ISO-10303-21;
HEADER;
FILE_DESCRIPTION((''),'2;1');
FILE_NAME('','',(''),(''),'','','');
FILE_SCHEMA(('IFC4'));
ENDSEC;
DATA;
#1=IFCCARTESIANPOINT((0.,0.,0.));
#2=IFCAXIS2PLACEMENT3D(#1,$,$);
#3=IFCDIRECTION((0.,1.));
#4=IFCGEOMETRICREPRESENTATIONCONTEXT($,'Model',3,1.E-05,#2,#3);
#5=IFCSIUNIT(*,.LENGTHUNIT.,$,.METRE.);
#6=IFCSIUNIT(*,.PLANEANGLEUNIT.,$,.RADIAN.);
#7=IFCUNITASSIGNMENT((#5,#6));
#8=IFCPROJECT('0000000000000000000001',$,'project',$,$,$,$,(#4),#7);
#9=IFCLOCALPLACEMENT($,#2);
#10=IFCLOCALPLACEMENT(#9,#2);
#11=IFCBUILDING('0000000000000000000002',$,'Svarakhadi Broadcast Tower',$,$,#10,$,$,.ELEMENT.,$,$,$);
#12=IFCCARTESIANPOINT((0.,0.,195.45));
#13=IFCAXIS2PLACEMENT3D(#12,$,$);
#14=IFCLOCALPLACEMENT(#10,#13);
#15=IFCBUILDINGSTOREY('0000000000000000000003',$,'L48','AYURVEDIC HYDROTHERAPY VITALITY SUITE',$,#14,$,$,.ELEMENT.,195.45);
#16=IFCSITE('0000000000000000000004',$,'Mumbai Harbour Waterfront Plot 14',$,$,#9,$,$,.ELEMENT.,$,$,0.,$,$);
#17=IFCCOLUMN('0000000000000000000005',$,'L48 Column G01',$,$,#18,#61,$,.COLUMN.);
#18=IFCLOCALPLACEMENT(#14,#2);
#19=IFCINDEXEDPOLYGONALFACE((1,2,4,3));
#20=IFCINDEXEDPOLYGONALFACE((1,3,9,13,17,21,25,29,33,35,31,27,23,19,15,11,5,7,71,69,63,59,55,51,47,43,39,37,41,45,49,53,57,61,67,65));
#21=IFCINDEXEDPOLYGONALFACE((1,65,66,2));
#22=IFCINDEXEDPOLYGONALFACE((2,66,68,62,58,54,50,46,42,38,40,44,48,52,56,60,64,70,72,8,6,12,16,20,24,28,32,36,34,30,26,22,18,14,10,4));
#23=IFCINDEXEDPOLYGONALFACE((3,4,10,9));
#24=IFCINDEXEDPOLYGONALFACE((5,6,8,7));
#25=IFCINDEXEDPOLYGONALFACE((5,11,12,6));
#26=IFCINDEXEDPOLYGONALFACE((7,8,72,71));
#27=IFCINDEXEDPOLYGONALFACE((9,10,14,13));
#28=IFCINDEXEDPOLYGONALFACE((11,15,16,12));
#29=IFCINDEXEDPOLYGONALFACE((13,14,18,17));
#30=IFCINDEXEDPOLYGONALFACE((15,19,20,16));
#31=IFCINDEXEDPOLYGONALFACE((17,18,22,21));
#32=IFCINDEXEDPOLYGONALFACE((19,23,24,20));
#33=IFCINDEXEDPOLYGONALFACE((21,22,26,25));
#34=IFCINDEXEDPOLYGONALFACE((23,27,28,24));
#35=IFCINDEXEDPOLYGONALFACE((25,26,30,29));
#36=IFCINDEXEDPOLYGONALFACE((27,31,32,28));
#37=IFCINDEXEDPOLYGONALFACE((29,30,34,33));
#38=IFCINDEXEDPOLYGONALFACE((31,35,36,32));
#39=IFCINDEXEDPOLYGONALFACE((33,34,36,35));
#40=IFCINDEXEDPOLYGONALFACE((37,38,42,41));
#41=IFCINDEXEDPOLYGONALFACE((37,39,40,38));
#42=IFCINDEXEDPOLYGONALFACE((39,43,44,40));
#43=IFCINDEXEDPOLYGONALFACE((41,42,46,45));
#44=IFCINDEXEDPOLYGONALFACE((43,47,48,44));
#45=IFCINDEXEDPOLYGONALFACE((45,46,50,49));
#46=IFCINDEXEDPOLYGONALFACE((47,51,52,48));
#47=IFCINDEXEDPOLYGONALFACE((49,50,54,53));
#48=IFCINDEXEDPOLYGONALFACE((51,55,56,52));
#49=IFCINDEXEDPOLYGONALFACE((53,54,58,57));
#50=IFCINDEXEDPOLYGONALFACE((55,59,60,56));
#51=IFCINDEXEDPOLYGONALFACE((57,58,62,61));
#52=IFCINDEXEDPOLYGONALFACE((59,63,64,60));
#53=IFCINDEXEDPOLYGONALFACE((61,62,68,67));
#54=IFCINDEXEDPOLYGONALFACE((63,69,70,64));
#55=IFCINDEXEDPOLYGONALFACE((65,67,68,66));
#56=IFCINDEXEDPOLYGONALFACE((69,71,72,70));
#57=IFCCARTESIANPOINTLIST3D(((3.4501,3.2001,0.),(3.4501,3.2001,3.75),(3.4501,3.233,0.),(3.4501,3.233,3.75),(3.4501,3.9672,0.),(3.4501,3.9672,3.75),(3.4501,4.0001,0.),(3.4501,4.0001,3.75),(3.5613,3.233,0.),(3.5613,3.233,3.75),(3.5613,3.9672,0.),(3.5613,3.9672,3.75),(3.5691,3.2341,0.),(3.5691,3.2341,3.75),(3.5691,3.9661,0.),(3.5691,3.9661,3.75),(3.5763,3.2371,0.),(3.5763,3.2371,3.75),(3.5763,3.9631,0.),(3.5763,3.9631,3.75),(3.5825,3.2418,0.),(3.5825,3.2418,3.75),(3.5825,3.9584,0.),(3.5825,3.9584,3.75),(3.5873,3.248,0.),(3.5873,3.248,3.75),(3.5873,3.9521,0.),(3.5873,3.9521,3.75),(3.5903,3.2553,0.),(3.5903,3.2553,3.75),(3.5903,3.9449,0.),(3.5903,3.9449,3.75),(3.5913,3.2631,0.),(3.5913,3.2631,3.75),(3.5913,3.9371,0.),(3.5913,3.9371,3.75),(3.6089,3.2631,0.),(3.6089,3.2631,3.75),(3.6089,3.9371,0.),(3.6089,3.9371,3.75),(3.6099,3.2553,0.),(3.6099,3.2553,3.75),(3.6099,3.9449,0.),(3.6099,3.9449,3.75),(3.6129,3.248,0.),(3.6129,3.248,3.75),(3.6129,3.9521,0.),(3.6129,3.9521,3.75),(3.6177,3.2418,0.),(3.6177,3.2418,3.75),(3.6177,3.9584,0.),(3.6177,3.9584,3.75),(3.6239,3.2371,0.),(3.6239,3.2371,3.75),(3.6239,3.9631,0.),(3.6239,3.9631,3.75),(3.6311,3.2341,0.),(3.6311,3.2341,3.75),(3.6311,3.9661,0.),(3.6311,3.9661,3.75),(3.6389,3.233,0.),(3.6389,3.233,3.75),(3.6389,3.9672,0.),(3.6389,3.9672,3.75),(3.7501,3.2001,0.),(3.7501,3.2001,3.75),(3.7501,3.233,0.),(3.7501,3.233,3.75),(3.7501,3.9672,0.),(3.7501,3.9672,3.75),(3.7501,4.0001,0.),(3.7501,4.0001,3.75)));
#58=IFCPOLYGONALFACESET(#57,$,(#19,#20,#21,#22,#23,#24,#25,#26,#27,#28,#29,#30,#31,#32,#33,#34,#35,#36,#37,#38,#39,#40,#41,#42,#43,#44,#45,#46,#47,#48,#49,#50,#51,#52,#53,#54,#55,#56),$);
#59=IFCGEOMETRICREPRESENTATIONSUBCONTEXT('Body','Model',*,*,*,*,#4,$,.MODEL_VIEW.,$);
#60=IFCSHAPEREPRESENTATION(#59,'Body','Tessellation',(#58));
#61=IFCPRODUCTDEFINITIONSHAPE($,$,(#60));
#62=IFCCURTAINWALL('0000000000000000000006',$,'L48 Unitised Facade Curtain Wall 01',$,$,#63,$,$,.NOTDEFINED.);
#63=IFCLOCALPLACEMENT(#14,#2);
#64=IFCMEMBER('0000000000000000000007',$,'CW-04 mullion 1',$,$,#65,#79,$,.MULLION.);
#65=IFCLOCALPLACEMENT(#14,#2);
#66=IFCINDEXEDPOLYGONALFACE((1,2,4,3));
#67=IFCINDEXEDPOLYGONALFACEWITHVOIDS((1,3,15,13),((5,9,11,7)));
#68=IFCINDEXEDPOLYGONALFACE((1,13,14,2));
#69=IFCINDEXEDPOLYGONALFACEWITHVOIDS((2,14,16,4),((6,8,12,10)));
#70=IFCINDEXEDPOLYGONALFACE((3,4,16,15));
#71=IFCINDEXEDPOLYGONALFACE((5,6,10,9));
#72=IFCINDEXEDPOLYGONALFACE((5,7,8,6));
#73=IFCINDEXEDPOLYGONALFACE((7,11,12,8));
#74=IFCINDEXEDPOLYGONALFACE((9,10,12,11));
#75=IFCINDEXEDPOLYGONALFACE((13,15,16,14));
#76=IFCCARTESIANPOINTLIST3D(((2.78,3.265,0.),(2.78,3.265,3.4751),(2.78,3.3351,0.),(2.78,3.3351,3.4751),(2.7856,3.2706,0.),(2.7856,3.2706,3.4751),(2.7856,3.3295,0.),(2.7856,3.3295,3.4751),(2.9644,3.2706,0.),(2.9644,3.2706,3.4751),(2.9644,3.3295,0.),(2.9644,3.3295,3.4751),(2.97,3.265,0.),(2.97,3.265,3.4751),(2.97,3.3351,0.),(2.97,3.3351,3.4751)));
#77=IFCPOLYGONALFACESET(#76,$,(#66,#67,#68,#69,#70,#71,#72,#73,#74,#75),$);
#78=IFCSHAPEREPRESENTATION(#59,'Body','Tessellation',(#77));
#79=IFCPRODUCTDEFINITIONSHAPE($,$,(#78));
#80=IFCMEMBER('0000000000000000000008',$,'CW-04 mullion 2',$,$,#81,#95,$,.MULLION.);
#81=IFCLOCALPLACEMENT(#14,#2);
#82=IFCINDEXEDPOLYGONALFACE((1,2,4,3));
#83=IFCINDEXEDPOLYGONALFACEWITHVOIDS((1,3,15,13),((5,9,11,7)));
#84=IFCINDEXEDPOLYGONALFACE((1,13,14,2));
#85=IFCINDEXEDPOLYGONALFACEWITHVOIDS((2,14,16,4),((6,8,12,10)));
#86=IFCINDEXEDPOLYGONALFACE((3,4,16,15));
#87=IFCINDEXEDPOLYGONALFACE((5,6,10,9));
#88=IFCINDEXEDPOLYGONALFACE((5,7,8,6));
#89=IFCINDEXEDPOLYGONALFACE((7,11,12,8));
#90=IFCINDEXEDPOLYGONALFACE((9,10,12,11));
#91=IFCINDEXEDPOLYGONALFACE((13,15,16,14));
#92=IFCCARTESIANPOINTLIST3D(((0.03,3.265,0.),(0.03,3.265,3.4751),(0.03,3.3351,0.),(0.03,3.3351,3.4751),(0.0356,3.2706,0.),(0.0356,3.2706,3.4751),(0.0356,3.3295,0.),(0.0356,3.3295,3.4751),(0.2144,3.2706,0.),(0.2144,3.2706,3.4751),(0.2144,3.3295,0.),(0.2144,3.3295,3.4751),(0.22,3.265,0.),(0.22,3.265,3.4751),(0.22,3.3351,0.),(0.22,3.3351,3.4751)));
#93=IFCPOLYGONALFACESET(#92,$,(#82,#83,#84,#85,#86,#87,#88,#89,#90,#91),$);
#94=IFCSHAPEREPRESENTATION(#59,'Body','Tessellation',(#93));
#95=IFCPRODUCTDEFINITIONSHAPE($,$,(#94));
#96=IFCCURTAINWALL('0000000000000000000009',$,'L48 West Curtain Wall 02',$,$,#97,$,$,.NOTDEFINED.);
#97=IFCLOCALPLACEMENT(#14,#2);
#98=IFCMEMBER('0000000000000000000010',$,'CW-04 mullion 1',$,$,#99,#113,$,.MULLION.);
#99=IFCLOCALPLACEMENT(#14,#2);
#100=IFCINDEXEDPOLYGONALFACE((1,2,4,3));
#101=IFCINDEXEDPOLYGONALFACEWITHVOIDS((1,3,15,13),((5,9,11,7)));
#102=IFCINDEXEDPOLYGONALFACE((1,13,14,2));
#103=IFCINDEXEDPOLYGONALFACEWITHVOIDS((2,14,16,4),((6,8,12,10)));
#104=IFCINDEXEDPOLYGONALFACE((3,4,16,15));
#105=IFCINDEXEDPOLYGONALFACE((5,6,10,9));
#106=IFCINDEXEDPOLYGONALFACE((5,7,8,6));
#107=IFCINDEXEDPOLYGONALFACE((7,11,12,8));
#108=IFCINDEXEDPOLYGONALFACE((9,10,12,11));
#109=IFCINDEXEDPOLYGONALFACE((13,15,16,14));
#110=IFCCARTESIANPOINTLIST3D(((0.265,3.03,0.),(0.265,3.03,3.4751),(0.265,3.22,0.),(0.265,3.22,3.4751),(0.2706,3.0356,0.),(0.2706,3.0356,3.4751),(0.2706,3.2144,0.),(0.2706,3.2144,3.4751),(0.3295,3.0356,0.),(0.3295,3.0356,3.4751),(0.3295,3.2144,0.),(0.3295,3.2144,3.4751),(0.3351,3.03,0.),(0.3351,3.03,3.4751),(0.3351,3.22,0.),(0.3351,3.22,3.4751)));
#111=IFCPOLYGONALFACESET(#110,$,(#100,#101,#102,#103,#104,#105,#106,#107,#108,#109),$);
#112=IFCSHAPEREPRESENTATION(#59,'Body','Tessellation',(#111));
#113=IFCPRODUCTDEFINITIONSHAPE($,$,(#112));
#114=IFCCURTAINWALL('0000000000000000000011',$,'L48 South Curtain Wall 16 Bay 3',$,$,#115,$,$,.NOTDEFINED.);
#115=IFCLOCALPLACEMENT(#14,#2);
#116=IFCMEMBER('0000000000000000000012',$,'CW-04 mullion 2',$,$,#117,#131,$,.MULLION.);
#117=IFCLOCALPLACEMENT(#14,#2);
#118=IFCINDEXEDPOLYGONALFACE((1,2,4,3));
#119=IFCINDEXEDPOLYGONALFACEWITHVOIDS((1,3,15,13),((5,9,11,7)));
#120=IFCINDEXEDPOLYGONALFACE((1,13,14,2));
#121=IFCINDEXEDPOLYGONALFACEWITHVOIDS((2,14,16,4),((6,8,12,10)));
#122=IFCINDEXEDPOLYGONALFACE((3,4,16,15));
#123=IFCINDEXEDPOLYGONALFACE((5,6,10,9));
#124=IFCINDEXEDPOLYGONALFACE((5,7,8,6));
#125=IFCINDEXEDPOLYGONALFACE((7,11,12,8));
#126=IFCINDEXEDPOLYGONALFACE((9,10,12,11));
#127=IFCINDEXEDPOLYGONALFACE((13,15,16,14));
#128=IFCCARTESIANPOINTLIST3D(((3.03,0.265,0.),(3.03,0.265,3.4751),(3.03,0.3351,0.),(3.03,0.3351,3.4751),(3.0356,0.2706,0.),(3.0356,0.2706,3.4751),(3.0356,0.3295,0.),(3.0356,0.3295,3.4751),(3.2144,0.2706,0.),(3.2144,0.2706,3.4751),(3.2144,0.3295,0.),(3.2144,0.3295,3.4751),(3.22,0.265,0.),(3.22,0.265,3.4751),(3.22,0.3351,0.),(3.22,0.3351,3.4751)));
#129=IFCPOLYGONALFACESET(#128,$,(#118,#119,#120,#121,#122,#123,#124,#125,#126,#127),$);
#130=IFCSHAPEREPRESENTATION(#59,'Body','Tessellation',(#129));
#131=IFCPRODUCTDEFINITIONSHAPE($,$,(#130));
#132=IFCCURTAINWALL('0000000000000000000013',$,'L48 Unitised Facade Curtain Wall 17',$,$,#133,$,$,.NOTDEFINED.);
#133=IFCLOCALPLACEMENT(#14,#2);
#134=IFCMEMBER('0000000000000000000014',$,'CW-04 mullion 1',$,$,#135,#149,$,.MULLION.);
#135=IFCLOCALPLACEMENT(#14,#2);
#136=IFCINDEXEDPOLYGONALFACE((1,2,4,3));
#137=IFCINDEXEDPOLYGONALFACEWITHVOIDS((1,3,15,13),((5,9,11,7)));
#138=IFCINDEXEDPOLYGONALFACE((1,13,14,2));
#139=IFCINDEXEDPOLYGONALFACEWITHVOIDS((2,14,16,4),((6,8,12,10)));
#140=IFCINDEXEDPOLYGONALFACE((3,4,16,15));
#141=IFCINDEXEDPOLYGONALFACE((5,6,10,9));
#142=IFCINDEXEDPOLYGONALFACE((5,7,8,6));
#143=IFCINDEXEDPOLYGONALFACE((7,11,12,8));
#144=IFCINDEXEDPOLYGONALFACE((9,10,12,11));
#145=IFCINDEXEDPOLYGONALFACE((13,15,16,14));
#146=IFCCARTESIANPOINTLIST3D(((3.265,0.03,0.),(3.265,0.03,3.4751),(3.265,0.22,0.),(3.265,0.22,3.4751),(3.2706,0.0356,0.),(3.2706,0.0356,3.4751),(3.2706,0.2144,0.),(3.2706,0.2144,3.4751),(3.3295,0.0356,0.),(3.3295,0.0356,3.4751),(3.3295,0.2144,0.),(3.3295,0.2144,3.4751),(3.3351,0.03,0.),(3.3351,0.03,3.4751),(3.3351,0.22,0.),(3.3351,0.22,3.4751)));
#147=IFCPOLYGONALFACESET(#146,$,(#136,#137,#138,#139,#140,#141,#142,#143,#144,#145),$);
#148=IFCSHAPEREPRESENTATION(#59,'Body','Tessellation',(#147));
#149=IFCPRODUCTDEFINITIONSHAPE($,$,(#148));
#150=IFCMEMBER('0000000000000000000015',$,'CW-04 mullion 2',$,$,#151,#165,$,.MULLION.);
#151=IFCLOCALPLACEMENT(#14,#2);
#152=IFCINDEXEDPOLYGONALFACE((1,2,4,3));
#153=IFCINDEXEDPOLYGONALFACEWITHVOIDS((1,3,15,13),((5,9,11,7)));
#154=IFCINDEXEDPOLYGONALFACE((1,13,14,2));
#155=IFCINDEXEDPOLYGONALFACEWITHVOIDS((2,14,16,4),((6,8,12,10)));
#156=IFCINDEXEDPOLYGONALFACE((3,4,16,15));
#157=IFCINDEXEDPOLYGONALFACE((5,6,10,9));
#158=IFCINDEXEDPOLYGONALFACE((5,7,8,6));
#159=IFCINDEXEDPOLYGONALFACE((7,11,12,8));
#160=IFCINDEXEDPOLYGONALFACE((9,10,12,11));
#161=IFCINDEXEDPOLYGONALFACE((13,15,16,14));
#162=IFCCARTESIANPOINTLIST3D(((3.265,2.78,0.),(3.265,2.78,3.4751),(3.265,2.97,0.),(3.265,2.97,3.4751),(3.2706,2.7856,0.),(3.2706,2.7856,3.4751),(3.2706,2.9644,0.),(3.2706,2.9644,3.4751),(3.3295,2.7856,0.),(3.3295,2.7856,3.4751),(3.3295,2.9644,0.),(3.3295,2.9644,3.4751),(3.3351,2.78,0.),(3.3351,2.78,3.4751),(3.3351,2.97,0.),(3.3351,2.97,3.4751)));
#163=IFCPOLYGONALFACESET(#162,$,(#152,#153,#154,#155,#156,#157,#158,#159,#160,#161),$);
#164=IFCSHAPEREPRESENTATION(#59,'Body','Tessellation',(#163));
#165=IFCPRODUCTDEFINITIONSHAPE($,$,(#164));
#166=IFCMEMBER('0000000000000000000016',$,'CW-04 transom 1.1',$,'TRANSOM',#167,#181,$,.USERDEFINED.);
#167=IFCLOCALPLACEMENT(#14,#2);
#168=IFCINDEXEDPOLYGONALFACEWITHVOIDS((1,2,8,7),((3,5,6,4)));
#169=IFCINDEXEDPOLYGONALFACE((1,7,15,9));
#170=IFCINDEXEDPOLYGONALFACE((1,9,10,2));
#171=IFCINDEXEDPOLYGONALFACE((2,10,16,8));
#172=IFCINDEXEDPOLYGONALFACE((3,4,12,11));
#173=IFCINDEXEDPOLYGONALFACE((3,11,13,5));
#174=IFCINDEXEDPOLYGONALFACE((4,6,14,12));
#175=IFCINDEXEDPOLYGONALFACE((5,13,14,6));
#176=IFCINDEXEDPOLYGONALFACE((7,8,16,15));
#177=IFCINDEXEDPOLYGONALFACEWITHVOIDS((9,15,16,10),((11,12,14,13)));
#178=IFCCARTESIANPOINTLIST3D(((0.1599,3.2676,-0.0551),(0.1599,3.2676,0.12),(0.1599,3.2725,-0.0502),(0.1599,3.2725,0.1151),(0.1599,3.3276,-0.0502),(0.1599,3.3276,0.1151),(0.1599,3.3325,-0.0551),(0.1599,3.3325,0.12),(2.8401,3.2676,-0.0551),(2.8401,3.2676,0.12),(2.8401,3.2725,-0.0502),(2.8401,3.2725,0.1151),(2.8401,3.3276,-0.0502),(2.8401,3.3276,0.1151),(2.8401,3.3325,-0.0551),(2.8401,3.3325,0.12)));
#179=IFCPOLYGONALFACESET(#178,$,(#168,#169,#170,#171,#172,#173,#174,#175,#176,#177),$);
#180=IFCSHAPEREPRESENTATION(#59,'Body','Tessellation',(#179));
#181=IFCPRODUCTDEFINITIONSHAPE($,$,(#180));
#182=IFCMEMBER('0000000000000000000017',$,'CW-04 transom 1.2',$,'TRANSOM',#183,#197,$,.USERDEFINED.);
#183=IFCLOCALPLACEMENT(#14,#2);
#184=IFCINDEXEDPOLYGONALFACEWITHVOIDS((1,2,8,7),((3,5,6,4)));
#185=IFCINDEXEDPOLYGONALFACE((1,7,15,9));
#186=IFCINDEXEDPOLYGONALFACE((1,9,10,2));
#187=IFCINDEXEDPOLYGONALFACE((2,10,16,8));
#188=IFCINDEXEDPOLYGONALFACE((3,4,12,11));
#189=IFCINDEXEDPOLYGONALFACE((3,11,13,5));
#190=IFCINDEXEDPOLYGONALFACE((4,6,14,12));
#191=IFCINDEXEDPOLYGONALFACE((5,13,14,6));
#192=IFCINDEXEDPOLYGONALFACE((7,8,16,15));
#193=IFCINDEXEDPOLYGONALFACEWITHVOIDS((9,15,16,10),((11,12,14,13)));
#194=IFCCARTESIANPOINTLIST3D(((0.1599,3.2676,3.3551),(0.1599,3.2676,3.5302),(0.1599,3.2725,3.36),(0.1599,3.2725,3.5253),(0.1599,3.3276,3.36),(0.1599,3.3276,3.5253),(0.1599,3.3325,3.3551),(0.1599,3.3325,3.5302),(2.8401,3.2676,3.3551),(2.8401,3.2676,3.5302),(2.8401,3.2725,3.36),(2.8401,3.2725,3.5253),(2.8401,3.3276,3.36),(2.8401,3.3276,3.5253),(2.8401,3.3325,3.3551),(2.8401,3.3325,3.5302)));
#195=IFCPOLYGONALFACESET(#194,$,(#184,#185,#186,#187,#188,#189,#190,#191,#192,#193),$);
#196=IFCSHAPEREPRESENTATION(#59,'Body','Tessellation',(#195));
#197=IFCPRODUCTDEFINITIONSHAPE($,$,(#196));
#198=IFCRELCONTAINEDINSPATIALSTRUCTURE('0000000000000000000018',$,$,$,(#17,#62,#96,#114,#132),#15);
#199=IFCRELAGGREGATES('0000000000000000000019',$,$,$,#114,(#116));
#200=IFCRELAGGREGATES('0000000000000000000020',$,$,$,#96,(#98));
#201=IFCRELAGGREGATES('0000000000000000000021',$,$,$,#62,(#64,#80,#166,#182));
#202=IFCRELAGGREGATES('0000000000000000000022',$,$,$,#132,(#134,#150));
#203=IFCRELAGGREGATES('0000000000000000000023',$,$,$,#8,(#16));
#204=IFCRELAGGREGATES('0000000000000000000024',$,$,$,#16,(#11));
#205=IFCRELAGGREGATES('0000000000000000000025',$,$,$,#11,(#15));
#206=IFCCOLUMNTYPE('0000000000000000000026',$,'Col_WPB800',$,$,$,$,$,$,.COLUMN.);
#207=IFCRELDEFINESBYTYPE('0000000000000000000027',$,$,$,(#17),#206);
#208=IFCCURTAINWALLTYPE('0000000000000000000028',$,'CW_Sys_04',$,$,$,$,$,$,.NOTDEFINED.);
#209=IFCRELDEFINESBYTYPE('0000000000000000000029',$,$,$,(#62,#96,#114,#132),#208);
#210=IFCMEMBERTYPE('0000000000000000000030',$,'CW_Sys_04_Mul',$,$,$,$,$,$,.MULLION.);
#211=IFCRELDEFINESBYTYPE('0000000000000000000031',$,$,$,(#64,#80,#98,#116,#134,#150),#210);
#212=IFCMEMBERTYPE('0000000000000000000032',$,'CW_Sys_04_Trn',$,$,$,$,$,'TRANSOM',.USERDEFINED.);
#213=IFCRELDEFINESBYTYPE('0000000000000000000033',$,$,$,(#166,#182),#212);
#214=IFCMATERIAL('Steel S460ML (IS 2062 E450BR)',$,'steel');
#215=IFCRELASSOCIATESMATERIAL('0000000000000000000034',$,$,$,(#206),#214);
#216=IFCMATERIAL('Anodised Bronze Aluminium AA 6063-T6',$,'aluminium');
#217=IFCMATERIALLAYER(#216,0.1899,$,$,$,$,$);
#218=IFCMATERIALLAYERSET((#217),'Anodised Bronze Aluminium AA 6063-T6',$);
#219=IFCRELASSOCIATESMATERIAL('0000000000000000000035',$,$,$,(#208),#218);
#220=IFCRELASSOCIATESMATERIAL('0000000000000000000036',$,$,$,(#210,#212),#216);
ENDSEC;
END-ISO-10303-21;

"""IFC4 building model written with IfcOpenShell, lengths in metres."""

from ifc_helpers import new_model, si_unit, direction, frame, origin, origin_2d, place, context, subcontext, project, spatial, hollow_rectangle, i_section, extrude, material, layer, layer_set, material_profile, profile_set, type_object, element, aggregate, save


model = new_model("IFC4")

# Units and contexts
model_context = context("Model", 3, precision=1e-05, world=origin(), true_north=direction((0.0, 1.0)))
body_context = subcontext(model_context, "Body", "Model", "MODEL_VIEW")
ifc_project = project(units=[si_unit("LENGTHUNIT", "METRE"), si_unit("PLANEANGLEUNIT", "RADIAN")], contexts=[model_context])

# Site, building, storey
site_placement = place(None, origin())
site = spatial("IfcSite", under=ifc_project, at=site_placement, Name="Mumbai Harbour Waterfront Plot 14", CompositionType="ELEMENT", RefElevation=0.0)
building_placement = place(site_placement, origin())
building = spatial("IfcBuilding", under=site, at=building_placement, Name="Svarakhadi Broadcast Tower", CompositionType="ELEMENT")
storey_placement = place(building_placement, frame((0.0, 0.0, 195.45)))
storey = spatial("IfcBuildingStorey", under=building, at=storey_placement, Name="L48", Description="AYURVEDIC HYDROTHERAPY VITALITY SUITE", CompositionType="ELEMENT", Elevation=195.45)

# Column
ifc_material_1 = material(Name="Steel S460ML (IS 2062 E450BR)", Category="steel")
ifc_material_profile_1 = material_profile(ifc_material_1, i_section(OverallWidth=0.3, OverallDepth=0.8, WebThickness=0.0176, FlangeThickness=0.033, FilletRadius=0.03, at=origin_2d()), Name="WPB 800x300x262")
ifc_profile_set_1 = profile_set([ifc_material_profile_1], Name="Steel S460ML (IS 2062 E450BR)")
column_type = type_object("IfcColumnType", Name="Col_WPB800", PredefinedType="COLUMN", material=ifc_profile_set_1)
column_placement = place(storey_placement, frame((3.6001, 3.6001, 0.0), z_axis=(0.0, 0.0, 1.0), x_axis=(1.0, 0.0, 0.0)))
element("IfcColumn", 1, at=column_placement, inside=storey, type_object=column_type, Name="L48 Column G01", PredefinedType="COLUMN", context=body_context, shape_type="SweptSolid", body=[
    extrude(i_section(OverallWidth=0.3, OverallDepth=0.8, WebThickness=0.0176, FlangeThickness=0.033, FilletRadius=0.03, at=origin_2d()), origin(), (0.0, 0.0, 1.0), 3.75),
])

# Curtain wall, members
ifc_material_2 = material(Name="Anodised Bronze Aluminium AA 6063-T6", Category="aluminium")
ifc_layer_1 = layer(ifc_material_2, 0.1899)
ifc_layer_set_1 = layer_set([ifc_layer_1], Name="Anodised Bronze Aluminium AA 6063-T6")
curtain_wall_type = type_object("IfcCurtainWallType", Name="CW_Sys_04", PredefinedType="NOTDEFINED", material=ifc_layer_set_1)
curtain_wall_1_placement = place(storey_placement, origin())
curtain_wall_1 = element("IfcCurtainWall", 2, at=curtain_wall_1_placement, inside=storey, type_object=curtain_wall_type, Name="L48 Unitised Facade Curtain Wall 01", PredefinedType="NOTDEFINED")
ifc_material_profile_2 = material_profile(ifc_material_2, hollow_rectangle(XDim=0.0701, YDim=0.1899, WallThickness=0.0056, at=origin_2d()), Name="ALU MULLION 190x70x6")
ifc_profile_set_2 = profile_set([ifc_material_profile_2], Name="Anodised Bronze Aluminium AA 6063-T6")
member_type_1 = type_object("IfcMemberType", Name="CW_Sys_04_Mul", PredefinedType="MULLION", material=ifc_profile_set_2)
member_1_placement = place(storey_placement, frame((2.875, 3.3, 0.0), z_axis=(0.0, 0.0, 1.0), x_axis=(0.0, -1.0, 0.0)))
member_1 = element("IfcMember", 3, at=member_1_placement, type_object=member_type_1, Name="CW-04 mullion 1", PredefinedType="MULLION", context=body_context, shape_type="SweptSolid", body=[
    extrude(hollow_rectangle(XDim=0.0701, YDim=0.1899, WallThickness=0.0056, at=origin_2d()), origin(), (0.0, 0.0, 1.0), 3.4751),
])
member_2_placement = place(storey_placement, frame((0.125, 3.3, 0.0), z_axis=(0.0, 0.0, 1.0), x_axis=(0.0, -1.0, 0.0)))
member_2 = element("IfcMember", 4, at=member_2_placement, type_object=member_type_1, Name="CW-04 mullion 2", PredefinedType="MULLION", context=body_context, shape_type="SweptSolid", body=[
    extrude(hollow_rectangle(XDim=0.0701, YDim=0.1899, WallThickness=0.0056, at=origin_2d()), origin(), (0.0, 0.0, 1.0), 3.4751),
])

# Curtain walls, members
curtain_wall_2_placement = place(storey_placement, origin())
curtain_wall_2 = element("IfcCurtainWall", 5, at=curtain_wall_2_placement, inside=storey, type_object=curtain_wall_type, Name="L48 West Curtain Wall 02", PredefinedType="NOTDEFINED")
member_3_placement = place(storey_placement, frame((0.3, 3.125, 0.0), z_axis=(0.0, 0.0, 1.0), x_axis=(-1.0, 0.0, 0.0)))
member_3 = element("IfcMember", 6, at=member_3_placement, type_object=member_type_1, Name="CW-04 mullion 1", PredefinedType="MULLION", context=body_context, shape_type="SweptSolid", body=[
    extrude(hollow_rectangle(XDim=0.0701, YDim=0.1899, WallThickness=0.0056, at=origin_2d()), origin(), (0.0, 0.0, 1.0), 3.4751),
])
curtain_wall_3_placement = place(storey_placement, origin())
curtain_wall_3 = element("IfcCurtainWall", 7, at=curtain_wall_3_placement, inside=storey, type_object=curtain_wall_type, Name="L48 South Curtain Wall 16 Bay 3", PredefinedType="NOTDEFINED")
member_4_placement = place(storey_placement, frame((3.125, 0.3, 0.0), z_axis=(0.0, 0.0, 1.0), x_axis=(0.0, -1.0, 0.0)))
member_4 = element("IfcMember", 8, at=member_4_placement, type_object=member_type_1, Name="CW-04 mullion 2", PredefinedType="MULLION", context=body_context, shape_type="SweptSolid", body=[
    extrude(hollow_rectangle(XDim=0.0701, YDim=0.1899, WallThickness=0.0056, at=origin_2d()), origin(), (0.0, 0.0, 1.0), 3.4751),
])
aggregate(curtain_wall_3, [member_4])

# Curtain wall, members
curtain_wall_4_placement = place(storey_placement, origin())
curtain_wall_4 = element("IfcCurtainWall", 9, at=curtain_wall_4_placement, inside=storey, type_object=curtain_wall_type, Name="L48 Unitised Facade Curtain Wall 17", PredefinedType="NOTDEFINED")
member_5_placement = place(storey_placement, frame((3.3, 0.125, 0.0), z_axis=(0.0, 0.0, 1.0), x_axis=(-1.0, 0.0, 0.0)))
member_5 = element("IfcMember", 10, at=member_5_placement, type_object=member_type_1, Name="CW-04 mullion 1", PredefinedType="MULLION", context=body_context, shape_type="SweptSolid", body=[
    extrude(hollow_rectangle(XDim=0.0701, YDim=0.1899, WallThickness=0.0056, at=origin_2d()), origin(), (0.0, 0.0, 1.0), 3.4751),
])
member_6_placement = place(storey_placement, frame((3.3, 2.875, 0.0), z_axis=(0.0, 0.0, 1.0), x_axis=(-1.0, 0.0, 0.0)))
member_6 = element("IfcMember", 11, at=member_6_placement, type_object=member_type_1, Name="CW-04 mullion 2", PredefinedType="MULLION", context=body_context, shape_type="SweptSolid", body=[
    extrude(hollow_rectangle(XDim=0.0701, YDim=0.1899, WallThickness=0.0056, at=origin_2d()), origin(), (0.0, 0.0, 1.0), 3.4751),
])

# Members
ifc_material_profile_3 = material_profile(ifc_material_2, hollow_rectangle(XDim=0.0649, YDim=0.175, WallThickness=0.0049, at=origin_2d()), Name="ALU TRANSOM 175x65x5")
ifc_profile_set_3 = profile_set([ifc_material_profile_3], Name="Anodised Bronze Aluminium AA 6063-T6")
member_type_2 = type_object("IfcMemberType", Name="CW_Sys_04_Trn", ElementType="TRANSOM", PredefinedType="USERDEFINED", material=ifc_profile_set_3)
member_7_placement = place(storey_placement, frame((2.8401, 3.3, 0.0325), z_axis=(-1.0, 0.0, 0.0), x_axis=(0.0, -1.0, 0.0)))
member_7 = element("IfcMember", 12, at=member_7_placement, type_object=member_type_2, Name="CW-04 transom 1.1", ObjectType="TRANSOM", PredefinedType="USERDEFINED", context=body_context, shape_type="SweptSolid", body=[
    extrude(hollow_rectangle(XDim=0.0649, YDim=0.175, WallThickness=0.0049, at=origin_2d()), origin(), (0.0, 0.0, 1.0), 2.6802),
])
member_8_placement = place(storey_placement, frame((2.8401, 3.3, 3.4426), z_axis=(-1.0, 0.0, 0.0), x_axis=(0.0, -1.0, 0.0)))
member_8 = element("IfcMember", 13, at=member_8_placement, type_object=member_type_2, Name="CW-04 transom 1.2", ObjectType="TRANSOM", PredefinedType="USERDEFINED", context=body_context, shape_type="SweptSolid", body=[
    extrude(hollow_rectangle(XDim=0.0649, YDim=0.175, WallThickness=0.0049, at=origin_2d()), origin(), (0.0, 0.0, 1.0), 2.6802),
])
aggregate(curtain_wall_2, [member_3])

aggregate(curtain_wall_1, [member_1, member_2, member_7, member_8])
aggregate(curtain_wall_4, [member_5, member_6])

save(model, "model.ifc")
